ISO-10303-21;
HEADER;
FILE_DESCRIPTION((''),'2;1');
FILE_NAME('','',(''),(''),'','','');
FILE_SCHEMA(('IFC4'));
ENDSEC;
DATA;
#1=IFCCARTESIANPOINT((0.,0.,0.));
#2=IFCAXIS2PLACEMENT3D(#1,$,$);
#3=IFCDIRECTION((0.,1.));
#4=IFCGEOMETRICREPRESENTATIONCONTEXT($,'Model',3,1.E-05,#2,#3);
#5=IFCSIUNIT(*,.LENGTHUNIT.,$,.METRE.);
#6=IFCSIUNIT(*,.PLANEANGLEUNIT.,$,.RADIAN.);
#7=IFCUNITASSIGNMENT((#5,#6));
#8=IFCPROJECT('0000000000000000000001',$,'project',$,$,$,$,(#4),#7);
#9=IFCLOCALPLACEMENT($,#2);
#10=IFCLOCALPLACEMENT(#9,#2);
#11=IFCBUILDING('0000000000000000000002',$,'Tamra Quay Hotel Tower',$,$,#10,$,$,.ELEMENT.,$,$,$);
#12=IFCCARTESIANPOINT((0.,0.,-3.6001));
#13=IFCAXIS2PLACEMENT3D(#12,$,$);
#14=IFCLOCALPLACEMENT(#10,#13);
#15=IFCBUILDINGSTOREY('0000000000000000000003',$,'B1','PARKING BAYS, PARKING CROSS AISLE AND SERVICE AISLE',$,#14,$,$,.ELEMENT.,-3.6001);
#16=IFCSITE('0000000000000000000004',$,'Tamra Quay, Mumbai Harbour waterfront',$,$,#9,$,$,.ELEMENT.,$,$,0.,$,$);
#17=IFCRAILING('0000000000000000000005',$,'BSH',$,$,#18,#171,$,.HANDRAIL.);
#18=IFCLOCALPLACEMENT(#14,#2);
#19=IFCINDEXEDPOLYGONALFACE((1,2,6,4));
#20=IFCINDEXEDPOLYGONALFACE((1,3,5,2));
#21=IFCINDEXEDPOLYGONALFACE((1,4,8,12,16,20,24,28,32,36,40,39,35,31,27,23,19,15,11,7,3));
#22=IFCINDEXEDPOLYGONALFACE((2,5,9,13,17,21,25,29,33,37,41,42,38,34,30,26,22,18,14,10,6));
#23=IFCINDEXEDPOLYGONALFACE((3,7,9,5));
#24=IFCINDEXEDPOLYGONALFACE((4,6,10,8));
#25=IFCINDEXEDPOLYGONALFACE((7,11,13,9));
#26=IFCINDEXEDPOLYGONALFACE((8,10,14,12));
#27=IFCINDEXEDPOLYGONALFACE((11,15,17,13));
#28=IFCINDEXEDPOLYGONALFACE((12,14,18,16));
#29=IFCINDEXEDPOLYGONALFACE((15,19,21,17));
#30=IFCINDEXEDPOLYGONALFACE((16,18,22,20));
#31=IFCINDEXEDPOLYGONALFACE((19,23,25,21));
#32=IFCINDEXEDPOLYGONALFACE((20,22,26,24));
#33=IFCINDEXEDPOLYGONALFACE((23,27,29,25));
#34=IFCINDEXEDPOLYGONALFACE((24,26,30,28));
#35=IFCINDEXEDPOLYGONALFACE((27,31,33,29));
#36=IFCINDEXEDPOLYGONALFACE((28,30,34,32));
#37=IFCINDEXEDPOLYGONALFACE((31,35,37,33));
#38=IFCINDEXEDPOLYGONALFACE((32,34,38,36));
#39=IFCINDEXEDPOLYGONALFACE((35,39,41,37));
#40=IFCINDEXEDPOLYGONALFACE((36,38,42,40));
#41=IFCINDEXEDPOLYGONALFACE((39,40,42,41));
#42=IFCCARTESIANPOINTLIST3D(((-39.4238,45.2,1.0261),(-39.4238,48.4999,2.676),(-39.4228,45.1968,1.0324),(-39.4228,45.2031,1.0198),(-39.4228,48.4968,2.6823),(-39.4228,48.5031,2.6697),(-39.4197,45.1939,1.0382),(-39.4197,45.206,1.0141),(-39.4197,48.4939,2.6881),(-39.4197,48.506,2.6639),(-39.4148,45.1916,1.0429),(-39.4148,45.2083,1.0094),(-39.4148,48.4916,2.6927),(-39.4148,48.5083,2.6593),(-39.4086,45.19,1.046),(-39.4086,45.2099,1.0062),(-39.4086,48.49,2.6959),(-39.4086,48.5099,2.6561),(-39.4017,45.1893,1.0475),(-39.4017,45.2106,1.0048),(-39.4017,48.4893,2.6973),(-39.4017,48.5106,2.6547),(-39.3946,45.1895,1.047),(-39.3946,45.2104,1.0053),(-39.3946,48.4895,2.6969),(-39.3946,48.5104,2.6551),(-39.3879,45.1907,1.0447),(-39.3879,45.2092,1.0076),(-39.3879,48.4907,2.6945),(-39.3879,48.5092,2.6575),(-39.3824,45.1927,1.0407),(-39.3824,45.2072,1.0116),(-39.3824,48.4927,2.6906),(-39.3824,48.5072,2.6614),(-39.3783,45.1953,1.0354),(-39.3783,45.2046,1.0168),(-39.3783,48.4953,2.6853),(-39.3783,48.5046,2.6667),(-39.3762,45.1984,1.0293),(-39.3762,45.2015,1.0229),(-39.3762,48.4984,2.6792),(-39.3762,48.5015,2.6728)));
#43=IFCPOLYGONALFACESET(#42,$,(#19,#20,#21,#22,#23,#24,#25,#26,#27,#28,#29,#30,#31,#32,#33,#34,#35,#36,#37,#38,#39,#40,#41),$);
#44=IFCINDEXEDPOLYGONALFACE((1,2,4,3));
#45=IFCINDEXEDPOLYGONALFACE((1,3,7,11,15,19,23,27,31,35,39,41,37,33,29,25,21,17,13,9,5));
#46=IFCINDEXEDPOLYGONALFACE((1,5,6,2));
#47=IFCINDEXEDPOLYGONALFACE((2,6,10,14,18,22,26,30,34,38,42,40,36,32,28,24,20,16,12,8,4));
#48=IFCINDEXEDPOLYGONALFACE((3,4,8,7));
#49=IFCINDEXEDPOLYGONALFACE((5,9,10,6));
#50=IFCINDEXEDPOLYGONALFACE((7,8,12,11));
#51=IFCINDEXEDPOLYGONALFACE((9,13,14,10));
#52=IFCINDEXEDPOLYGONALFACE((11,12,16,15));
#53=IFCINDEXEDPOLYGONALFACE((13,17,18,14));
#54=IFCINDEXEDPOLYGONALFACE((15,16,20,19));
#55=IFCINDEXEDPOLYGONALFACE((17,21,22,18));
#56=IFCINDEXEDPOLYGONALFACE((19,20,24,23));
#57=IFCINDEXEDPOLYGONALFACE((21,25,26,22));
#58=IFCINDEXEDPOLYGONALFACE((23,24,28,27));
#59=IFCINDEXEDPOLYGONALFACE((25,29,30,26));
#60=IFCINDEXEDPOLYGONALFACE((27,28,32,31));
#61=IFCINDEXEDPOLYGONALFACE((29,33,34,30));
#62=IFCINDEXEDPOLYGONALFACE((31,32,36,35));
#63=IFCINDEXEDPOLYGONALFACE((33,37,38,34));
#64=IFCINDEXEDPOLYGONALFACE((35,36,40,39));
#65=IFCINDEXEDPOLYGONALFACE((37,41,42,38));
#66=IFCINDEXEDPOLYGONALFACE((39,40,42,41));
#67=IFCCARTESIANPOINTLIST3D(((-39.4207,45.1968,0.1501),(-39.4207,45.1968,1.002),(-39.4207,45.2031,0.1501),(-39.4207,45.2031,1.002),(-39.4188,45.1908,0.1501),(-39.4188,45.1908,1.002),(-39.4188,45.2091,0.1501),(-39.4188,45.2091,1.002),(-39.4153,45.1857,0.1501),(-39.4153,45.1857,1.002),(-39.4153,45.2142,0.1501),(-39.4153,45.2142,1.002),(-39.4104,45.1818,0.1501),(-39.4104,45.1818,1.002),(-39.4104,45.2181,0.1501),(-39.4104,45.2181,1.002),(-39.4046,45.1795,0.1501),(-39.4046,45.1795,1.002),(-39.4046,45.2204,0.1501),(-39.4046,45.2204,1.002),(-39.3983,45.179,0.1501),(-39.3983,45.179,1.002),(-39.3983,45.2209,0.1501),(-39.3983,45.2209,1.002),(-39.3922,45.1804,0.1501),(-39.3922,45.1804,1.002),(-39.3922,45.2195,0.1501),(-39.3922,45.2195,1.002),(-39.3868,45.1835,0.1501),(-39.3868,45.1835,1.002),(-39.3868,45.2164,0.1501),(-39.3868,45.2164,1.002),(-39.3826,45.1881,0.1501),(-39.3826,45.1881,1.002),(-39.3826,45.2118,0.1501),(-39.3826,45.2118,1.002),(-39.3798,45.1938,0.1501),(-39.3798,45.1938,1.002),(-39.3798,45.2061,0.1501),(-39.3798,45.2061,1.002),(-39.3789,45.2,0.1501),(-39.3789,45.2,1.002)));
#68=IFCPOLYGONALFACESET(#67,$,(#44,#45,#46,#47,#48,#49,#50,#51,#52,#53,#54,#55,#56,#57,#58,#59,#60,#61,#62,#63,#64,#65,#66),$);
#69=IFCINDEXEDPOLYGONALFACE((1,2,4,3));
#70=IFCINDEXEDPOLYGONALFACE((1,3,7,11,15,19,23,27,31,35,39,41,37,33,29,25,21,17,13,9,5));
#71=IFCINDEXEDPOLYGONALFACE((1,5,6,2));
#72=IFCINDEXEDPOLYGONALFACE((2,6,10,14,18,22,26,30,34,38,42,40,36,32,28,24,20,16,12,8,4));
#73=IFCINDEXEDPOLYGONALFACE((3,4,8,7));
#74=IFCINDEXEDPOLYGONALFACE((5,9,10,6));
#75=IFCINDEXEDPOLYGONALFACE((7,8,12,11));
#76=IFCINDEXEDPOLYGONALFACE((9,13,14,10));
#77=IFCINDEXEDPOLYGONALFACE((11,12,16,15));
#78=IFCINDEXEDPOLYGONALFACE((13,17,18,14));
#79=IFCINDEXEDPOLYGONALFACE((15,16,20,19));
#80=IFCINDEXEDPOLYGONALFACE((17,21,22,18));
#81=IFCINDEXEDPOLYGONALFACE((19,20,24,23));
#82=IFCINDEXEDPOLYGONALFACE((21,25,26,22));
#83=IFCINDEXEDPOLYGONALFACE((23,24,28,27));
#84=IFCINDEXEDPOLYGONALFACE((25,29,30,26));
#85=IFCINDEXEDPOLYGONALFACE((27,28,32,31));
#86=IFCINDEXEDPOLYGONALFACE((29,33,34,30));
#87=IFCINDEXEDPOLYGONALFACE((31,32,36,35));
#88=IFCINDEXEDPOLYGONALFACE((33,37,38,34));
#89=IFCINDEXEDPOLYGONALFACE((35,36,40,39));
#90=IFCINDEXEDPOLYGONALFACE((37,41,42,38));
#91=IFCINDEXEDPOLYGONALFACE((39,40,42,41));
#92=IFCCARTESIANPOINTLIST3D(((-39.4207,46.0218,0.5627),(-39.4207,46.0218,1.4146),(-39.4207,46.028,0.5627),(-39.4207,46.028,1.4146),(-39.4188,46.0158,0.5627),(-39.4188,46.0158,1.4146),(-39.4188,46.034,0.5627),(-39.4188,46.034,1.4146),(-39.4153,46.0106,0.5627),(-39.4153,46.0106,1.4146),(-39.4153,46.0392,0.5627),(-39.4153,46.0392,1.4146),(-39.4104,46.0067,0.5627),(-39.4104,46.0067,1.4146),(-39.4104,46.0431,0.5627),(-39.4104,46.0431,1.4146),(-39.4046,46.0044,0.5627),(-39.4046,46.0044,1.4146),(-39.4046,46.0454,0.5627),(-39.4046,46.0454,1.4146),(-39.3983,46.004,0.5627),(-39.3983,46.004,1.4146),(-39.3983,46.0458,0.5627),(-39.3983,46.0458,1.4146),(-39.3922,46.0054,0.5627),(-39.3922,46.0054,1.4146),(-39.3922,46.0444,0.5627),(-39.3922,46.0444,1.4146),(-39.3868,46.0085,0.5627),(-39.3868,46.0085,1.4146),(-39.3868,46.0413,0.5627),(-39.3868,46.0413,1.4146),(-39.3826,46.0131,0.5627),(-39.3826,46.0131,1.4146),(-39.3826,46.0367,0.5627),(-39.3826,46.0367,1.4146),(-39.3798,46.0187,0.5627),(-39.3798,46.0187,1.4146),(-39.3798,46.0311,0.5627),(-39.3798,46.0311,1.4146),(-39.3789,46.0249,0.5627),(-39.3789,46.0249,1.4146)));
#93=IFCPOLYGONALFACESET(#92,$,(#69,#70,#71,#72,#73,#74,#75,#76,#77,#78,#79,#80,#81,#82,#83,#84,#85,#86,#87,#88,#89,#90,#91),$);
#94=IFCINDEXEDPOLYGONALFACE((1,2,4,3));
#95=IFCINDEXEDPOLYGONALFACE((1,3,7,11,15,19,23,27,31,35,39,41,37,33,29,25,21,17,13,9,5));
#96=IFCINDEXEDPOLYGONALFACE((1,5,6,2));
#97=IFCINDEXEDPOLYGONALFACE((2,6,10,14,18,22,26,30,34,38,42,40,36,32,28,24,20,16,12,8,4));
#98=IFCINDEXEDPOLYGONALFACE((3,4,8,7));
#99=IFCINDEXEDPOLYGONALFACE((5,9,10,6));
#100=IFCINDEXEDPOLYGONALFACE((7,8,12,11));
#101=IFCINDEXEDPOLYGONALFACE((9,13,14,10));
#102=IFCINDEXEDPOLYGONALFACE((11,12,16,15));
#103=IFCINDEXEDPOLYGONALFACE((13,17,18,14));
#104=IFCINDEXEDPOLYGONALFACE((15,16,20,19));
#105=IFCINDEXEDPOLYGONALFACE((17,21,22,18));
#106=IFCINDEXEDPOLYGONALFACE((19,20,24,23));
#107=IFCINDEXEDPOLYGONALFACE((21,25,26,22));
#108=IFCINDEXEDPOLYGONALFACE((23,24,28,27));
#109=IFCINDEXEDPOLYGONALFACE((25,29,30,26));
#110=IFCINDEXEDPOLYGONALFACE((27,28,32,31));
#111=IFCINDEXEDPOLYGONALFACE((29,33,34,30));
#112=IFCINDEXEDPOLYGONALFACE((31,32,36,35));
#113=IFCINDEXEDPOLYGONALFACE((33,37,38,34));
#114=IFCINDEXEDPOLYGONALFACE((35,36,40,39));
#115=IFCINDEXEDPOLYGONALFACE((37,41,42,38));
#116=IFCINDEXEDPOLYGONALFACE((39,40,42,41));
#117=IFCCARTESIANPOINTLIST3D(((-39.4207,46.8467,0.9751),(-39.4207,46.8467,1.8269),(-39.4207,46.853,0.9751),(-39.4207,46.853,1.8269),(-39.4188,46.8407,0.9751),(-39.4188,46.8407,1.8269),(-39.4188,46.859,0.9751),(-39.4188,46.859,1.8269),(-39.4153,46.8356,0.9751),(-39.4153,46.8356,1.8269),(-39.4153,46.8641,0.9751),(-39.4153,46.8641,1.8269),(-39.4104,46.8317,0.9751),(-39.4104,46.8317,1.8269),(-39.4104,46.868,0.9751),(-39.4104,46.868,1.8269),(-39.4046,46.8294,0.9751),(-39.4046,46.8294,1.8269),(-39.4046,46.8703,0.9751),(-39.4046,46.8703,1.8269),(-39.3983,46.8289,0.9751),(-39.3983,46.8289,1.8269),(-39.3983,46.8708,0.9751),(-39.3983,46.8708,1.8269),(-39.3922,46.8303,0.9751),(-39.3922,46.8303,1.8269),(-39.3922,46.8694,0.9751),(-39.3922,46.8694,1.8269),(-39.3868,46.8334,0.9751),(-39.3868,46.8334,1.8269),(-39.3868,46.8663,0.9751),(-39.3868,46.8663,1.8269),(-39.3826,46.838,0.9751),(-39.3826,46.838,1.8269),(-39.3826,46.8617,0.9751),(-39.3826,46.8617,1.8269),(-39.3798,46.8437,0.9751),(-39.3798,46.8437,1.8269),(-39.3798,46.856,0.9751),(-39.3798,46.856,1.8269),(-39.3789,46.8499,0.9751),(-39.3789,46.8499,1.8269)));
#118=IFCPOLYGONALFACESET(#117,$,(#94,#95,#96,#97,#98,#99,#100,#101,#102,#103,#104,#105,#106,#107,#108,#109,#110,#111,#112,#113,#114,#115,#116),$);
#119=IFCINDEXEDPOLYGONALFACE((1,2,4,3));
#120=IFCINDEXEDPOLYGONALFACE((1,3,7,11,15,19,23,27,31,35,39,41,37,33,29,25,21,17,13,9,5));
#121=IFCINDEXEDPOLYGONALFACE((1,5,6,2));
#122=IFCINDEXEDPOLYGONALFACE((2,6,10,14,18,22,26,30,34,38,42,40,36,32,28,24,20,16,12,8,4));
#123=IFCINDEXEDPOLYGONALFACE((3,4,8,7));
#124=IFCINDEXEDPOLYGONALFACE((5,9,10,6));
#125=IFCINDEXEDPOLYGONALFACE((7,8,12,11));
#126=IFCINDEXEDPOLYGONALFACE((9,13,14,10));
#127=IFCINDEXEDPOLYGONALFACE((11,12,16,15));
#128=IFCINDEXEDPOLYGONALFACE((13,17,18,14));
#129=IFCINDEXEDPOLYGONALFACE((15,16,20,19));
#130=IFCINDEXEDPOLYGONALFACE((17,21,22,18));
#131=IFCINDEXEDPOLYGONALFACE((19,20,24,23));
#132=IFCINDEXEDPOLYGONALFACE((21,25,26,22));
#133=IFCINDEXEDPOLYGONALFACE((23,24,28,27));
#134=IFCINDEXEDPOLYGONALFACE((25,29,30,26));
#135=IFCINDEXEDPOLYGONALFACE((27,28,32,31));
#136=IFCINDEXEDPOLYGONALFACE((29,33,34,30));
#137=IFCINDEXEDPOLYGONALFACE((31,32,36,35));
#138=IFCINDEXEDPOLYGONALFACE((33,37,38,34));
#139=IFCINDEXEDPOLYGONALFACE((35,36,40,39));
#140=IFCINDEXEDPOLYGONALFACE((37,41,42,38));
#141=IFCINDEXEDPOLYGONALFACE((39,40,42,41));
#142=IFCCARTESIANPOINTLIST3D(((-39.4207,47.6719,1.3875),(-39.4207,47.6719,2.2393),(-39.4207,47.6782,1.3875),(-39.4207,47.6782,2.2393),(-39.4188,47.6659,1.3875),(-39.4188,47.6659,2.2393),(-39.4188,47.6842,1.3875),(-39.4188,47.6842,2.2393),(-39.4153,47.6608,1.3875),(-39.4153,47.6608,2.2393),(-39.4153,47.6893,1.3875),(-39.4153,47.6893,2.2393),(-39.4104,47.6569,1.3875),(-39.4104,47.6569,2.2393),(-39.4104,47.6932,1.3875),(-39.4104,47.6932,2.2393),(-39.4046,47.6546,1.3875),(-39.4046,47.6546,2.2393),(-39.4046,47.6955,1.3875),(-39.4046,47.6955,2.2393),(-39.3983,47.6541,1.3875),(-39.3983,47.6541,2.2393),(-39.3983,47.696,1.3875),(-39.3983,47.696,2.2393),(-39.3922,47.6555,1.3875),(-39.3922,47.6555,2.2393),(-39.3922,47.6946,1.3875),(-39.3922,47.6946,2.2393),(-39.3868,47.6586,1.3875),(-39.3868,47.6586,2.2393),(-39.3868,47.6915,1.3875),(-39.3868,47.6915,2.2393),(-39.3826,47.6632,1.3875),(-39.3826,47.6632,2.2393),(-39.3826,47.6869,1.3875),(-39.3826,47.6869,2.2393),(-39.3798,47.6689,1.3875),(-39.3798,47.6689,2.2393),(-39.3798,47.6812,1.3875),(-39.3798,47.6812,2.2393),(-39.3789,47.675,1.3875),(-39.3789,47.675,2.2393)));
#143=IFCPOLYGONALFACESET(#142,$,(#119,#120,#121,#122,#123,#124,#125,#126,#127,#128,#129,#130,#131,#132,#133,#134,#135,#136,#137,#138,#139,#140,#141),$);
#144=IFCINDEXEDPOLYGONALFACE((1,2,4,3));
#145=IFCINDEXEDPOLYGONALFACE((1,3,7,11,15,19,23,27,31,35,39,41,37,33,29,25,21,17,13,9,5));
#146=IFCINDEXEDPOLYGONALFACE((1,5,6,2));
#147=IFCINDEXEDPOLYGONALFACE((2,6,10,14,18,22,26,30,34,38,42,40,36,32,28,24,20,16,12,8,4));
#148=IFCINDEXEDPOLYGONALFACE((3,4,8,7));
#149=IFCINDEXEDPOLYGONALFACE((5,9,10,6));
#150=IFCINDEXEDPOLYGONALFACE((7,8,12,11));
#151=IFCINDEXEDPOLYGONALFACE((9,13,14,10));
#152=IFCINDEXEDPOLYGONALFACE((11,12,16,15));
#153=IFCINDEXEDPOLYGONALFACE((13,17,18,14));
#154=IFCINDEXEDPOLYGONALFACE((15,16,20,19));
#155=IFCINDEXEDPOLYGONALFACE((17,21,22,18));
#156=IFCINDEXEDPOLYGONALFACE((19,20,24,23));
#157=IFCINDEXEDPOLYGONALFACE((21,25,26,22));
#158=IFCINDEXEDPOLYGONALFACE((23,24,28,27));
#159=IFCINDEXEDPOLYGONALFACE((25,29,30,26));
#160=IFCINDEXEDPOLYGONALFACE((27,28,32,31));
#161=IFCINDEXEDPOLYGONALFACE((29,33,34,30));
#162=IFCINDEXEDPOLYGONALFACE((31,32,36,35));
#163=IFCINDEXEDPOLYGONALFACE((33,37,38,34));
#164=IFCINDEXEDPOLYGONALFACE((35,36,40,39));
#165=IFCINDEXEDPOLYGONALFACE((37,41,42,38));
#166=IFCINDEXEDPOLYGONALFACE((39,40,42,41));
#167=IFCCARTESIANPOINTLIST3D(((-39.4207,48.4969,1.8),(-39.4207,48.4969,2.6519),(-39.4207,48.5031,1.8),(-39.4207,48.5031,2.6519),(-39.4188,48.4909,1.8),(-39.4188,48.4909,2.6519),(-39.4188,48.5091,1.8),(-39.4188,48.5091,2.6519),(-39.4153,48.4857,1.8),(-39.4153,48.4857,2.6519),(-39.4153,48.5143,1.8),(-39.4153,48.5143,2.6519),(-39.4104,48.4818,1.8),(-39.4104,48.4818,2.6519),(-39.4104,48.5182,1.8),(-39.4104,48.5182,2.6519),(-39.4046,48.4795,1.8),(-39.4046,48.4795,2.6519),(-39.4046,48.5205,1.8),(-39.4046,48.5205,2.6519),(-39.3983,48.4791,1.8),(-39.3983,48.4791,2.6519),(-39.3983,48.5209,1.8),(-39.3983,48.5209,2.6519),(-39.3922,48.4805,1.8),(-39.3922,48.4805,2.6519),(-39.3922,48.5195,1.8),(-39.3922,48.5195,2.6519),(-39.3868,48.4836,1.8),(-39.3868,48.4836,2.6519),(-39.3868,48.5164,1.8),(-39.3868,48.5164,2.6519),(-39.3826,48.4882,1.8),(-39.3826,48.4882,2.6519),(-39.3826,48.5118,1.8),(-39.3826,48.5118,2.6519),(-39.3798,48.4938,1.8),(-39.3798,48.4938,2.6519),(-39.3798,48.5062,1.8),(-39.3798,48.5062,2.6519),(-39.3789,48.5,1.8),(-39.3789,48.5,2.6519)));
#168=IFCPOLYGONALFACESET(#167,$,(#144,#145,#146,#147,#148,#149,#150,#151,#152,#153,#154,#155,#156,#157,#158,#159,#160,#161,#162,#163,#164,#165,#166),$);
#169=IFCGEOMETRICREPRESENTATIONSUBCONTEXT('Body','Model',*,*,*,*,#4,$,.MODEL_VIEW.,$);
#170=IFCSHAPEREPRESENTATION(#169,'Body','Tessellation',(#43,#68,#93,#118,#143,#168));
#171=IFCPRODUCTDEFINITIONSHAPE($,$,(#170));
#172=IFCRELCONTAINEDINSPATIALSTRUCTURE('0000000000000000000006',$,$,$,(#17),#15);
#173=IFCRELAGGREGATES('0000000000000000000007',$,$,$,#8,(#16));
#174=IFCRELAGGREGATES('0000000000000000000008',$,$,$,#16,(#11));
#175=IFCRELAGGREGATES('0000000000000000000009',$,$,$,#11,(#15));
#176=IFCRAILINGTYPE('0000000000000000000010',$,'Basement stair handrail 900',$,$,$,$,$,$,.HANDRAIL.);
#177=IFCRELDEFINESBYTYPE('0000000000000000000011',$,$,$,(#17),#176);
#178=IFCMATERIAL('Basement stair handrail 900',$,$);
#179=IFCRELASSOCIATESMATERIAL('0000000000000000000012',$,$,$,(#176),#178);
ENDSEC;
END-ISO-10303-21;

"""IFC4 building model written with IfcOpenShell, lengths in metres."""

from ifc_helpers import new_model, si_unit, direction, frame, origin, origin_2d, place, context, subcontext, project, spatial, circle, extrude, material, type_object, element, save


model = new_model("IFC4")

# Units and contexts
model_context = context("Model", 3, precision=1e-05, world=origin(), true_north=direction((0.0, 1.0)))
body_context = subcontext(model_context, "Body", "Model", "MODEL_VIEW")
ifc_project = project(units=[si_unit("LENGTHUNIT", "METRE"), si_unit("PLANEANGLEUNIT", "RADIAN")], contexts=[model_context])

# Site, building, storey
site_placement = place(None, origin())
site = spatial("IfcSite", under=ifc_project, at=site_placement, Name="Tamra Quay, Mumbai Harbour waterfront", CompositionType="ELEMENT", RefElevation=0.0)
building_placement = place(site_placement, origin())
building = spatial("IfcBuilding", under=site, at=building_placement, Name="Tamra Quay Hotel Tower", CompositionType="ELEMENT")
storey_placement = place(building_placement, frame((0.0, 0.0, -3.6001)))
storey = spatial("IfcBuildingStorey", under=building, at=storey_placement, Name="B1", Description="PARKING BAYS, PARKING CROSS AISLE AND SERVICE AISLE", CompositionType="ELEMENT", Elevation=-3.6001)

# Railing
ifc_material_1 = material(Name="Basement stair handrail 900")
railing_type_1 = type_object("IfcRailingType", Name="Basement stair handrail 900", PredefinedType="HANDRAIL", material=ifc_material_1)
for number, where, name in (
    (1, (-39.3999, 45.2, 0.1501), "BSH"),
):
    element("IfcRailing", number, at=place(storey_placement, frame(where)), inside=storey, type_object=railing_type_1, Name=name, PredefinedType="HANDRAIL", context=body_context, shape_type="SweptSolid", body=[
        extrude(circle(Radius=0.0239, at=origin_2d()), frame((0.0, 0.0, 0.876), z_axis=(0.0, 0.89444, 0.447187), x_axis=(-1.0, 0.0, 0.0)), (0.0, 0.0, 1.0), 3.6895),
        extrude(circle(Radius=0.021, at=origin_2d()), origin(), (0.0, 0.0, 1.0), 0.8518),
        extrude(circle(Radius=0.021, at=origin_2d()), frame((0.0, 0.825, 0.4126)), (0.0, 0.0, 1.0), 0.8518),
        extrude(circle(Radius=0.021, at=origin_2d()), frame((0.0, 1.6499, 0.825)), (0.0, 0.0, 1.0), 0.8518),
        extrude(circle(Radius=0.021, at=origin_2d()), frame((0.0, 2.4751, 1.2373)), (0.0, 0.0, 1.0), 0.8518),
        extrude(circle(Radius=0.021, at=origin_2d()), frame((0.0, 3.3, 1.6499)), (0.0, 0.0, 1.0), 0.8518),
    ])

save(model, "model.ifc")
